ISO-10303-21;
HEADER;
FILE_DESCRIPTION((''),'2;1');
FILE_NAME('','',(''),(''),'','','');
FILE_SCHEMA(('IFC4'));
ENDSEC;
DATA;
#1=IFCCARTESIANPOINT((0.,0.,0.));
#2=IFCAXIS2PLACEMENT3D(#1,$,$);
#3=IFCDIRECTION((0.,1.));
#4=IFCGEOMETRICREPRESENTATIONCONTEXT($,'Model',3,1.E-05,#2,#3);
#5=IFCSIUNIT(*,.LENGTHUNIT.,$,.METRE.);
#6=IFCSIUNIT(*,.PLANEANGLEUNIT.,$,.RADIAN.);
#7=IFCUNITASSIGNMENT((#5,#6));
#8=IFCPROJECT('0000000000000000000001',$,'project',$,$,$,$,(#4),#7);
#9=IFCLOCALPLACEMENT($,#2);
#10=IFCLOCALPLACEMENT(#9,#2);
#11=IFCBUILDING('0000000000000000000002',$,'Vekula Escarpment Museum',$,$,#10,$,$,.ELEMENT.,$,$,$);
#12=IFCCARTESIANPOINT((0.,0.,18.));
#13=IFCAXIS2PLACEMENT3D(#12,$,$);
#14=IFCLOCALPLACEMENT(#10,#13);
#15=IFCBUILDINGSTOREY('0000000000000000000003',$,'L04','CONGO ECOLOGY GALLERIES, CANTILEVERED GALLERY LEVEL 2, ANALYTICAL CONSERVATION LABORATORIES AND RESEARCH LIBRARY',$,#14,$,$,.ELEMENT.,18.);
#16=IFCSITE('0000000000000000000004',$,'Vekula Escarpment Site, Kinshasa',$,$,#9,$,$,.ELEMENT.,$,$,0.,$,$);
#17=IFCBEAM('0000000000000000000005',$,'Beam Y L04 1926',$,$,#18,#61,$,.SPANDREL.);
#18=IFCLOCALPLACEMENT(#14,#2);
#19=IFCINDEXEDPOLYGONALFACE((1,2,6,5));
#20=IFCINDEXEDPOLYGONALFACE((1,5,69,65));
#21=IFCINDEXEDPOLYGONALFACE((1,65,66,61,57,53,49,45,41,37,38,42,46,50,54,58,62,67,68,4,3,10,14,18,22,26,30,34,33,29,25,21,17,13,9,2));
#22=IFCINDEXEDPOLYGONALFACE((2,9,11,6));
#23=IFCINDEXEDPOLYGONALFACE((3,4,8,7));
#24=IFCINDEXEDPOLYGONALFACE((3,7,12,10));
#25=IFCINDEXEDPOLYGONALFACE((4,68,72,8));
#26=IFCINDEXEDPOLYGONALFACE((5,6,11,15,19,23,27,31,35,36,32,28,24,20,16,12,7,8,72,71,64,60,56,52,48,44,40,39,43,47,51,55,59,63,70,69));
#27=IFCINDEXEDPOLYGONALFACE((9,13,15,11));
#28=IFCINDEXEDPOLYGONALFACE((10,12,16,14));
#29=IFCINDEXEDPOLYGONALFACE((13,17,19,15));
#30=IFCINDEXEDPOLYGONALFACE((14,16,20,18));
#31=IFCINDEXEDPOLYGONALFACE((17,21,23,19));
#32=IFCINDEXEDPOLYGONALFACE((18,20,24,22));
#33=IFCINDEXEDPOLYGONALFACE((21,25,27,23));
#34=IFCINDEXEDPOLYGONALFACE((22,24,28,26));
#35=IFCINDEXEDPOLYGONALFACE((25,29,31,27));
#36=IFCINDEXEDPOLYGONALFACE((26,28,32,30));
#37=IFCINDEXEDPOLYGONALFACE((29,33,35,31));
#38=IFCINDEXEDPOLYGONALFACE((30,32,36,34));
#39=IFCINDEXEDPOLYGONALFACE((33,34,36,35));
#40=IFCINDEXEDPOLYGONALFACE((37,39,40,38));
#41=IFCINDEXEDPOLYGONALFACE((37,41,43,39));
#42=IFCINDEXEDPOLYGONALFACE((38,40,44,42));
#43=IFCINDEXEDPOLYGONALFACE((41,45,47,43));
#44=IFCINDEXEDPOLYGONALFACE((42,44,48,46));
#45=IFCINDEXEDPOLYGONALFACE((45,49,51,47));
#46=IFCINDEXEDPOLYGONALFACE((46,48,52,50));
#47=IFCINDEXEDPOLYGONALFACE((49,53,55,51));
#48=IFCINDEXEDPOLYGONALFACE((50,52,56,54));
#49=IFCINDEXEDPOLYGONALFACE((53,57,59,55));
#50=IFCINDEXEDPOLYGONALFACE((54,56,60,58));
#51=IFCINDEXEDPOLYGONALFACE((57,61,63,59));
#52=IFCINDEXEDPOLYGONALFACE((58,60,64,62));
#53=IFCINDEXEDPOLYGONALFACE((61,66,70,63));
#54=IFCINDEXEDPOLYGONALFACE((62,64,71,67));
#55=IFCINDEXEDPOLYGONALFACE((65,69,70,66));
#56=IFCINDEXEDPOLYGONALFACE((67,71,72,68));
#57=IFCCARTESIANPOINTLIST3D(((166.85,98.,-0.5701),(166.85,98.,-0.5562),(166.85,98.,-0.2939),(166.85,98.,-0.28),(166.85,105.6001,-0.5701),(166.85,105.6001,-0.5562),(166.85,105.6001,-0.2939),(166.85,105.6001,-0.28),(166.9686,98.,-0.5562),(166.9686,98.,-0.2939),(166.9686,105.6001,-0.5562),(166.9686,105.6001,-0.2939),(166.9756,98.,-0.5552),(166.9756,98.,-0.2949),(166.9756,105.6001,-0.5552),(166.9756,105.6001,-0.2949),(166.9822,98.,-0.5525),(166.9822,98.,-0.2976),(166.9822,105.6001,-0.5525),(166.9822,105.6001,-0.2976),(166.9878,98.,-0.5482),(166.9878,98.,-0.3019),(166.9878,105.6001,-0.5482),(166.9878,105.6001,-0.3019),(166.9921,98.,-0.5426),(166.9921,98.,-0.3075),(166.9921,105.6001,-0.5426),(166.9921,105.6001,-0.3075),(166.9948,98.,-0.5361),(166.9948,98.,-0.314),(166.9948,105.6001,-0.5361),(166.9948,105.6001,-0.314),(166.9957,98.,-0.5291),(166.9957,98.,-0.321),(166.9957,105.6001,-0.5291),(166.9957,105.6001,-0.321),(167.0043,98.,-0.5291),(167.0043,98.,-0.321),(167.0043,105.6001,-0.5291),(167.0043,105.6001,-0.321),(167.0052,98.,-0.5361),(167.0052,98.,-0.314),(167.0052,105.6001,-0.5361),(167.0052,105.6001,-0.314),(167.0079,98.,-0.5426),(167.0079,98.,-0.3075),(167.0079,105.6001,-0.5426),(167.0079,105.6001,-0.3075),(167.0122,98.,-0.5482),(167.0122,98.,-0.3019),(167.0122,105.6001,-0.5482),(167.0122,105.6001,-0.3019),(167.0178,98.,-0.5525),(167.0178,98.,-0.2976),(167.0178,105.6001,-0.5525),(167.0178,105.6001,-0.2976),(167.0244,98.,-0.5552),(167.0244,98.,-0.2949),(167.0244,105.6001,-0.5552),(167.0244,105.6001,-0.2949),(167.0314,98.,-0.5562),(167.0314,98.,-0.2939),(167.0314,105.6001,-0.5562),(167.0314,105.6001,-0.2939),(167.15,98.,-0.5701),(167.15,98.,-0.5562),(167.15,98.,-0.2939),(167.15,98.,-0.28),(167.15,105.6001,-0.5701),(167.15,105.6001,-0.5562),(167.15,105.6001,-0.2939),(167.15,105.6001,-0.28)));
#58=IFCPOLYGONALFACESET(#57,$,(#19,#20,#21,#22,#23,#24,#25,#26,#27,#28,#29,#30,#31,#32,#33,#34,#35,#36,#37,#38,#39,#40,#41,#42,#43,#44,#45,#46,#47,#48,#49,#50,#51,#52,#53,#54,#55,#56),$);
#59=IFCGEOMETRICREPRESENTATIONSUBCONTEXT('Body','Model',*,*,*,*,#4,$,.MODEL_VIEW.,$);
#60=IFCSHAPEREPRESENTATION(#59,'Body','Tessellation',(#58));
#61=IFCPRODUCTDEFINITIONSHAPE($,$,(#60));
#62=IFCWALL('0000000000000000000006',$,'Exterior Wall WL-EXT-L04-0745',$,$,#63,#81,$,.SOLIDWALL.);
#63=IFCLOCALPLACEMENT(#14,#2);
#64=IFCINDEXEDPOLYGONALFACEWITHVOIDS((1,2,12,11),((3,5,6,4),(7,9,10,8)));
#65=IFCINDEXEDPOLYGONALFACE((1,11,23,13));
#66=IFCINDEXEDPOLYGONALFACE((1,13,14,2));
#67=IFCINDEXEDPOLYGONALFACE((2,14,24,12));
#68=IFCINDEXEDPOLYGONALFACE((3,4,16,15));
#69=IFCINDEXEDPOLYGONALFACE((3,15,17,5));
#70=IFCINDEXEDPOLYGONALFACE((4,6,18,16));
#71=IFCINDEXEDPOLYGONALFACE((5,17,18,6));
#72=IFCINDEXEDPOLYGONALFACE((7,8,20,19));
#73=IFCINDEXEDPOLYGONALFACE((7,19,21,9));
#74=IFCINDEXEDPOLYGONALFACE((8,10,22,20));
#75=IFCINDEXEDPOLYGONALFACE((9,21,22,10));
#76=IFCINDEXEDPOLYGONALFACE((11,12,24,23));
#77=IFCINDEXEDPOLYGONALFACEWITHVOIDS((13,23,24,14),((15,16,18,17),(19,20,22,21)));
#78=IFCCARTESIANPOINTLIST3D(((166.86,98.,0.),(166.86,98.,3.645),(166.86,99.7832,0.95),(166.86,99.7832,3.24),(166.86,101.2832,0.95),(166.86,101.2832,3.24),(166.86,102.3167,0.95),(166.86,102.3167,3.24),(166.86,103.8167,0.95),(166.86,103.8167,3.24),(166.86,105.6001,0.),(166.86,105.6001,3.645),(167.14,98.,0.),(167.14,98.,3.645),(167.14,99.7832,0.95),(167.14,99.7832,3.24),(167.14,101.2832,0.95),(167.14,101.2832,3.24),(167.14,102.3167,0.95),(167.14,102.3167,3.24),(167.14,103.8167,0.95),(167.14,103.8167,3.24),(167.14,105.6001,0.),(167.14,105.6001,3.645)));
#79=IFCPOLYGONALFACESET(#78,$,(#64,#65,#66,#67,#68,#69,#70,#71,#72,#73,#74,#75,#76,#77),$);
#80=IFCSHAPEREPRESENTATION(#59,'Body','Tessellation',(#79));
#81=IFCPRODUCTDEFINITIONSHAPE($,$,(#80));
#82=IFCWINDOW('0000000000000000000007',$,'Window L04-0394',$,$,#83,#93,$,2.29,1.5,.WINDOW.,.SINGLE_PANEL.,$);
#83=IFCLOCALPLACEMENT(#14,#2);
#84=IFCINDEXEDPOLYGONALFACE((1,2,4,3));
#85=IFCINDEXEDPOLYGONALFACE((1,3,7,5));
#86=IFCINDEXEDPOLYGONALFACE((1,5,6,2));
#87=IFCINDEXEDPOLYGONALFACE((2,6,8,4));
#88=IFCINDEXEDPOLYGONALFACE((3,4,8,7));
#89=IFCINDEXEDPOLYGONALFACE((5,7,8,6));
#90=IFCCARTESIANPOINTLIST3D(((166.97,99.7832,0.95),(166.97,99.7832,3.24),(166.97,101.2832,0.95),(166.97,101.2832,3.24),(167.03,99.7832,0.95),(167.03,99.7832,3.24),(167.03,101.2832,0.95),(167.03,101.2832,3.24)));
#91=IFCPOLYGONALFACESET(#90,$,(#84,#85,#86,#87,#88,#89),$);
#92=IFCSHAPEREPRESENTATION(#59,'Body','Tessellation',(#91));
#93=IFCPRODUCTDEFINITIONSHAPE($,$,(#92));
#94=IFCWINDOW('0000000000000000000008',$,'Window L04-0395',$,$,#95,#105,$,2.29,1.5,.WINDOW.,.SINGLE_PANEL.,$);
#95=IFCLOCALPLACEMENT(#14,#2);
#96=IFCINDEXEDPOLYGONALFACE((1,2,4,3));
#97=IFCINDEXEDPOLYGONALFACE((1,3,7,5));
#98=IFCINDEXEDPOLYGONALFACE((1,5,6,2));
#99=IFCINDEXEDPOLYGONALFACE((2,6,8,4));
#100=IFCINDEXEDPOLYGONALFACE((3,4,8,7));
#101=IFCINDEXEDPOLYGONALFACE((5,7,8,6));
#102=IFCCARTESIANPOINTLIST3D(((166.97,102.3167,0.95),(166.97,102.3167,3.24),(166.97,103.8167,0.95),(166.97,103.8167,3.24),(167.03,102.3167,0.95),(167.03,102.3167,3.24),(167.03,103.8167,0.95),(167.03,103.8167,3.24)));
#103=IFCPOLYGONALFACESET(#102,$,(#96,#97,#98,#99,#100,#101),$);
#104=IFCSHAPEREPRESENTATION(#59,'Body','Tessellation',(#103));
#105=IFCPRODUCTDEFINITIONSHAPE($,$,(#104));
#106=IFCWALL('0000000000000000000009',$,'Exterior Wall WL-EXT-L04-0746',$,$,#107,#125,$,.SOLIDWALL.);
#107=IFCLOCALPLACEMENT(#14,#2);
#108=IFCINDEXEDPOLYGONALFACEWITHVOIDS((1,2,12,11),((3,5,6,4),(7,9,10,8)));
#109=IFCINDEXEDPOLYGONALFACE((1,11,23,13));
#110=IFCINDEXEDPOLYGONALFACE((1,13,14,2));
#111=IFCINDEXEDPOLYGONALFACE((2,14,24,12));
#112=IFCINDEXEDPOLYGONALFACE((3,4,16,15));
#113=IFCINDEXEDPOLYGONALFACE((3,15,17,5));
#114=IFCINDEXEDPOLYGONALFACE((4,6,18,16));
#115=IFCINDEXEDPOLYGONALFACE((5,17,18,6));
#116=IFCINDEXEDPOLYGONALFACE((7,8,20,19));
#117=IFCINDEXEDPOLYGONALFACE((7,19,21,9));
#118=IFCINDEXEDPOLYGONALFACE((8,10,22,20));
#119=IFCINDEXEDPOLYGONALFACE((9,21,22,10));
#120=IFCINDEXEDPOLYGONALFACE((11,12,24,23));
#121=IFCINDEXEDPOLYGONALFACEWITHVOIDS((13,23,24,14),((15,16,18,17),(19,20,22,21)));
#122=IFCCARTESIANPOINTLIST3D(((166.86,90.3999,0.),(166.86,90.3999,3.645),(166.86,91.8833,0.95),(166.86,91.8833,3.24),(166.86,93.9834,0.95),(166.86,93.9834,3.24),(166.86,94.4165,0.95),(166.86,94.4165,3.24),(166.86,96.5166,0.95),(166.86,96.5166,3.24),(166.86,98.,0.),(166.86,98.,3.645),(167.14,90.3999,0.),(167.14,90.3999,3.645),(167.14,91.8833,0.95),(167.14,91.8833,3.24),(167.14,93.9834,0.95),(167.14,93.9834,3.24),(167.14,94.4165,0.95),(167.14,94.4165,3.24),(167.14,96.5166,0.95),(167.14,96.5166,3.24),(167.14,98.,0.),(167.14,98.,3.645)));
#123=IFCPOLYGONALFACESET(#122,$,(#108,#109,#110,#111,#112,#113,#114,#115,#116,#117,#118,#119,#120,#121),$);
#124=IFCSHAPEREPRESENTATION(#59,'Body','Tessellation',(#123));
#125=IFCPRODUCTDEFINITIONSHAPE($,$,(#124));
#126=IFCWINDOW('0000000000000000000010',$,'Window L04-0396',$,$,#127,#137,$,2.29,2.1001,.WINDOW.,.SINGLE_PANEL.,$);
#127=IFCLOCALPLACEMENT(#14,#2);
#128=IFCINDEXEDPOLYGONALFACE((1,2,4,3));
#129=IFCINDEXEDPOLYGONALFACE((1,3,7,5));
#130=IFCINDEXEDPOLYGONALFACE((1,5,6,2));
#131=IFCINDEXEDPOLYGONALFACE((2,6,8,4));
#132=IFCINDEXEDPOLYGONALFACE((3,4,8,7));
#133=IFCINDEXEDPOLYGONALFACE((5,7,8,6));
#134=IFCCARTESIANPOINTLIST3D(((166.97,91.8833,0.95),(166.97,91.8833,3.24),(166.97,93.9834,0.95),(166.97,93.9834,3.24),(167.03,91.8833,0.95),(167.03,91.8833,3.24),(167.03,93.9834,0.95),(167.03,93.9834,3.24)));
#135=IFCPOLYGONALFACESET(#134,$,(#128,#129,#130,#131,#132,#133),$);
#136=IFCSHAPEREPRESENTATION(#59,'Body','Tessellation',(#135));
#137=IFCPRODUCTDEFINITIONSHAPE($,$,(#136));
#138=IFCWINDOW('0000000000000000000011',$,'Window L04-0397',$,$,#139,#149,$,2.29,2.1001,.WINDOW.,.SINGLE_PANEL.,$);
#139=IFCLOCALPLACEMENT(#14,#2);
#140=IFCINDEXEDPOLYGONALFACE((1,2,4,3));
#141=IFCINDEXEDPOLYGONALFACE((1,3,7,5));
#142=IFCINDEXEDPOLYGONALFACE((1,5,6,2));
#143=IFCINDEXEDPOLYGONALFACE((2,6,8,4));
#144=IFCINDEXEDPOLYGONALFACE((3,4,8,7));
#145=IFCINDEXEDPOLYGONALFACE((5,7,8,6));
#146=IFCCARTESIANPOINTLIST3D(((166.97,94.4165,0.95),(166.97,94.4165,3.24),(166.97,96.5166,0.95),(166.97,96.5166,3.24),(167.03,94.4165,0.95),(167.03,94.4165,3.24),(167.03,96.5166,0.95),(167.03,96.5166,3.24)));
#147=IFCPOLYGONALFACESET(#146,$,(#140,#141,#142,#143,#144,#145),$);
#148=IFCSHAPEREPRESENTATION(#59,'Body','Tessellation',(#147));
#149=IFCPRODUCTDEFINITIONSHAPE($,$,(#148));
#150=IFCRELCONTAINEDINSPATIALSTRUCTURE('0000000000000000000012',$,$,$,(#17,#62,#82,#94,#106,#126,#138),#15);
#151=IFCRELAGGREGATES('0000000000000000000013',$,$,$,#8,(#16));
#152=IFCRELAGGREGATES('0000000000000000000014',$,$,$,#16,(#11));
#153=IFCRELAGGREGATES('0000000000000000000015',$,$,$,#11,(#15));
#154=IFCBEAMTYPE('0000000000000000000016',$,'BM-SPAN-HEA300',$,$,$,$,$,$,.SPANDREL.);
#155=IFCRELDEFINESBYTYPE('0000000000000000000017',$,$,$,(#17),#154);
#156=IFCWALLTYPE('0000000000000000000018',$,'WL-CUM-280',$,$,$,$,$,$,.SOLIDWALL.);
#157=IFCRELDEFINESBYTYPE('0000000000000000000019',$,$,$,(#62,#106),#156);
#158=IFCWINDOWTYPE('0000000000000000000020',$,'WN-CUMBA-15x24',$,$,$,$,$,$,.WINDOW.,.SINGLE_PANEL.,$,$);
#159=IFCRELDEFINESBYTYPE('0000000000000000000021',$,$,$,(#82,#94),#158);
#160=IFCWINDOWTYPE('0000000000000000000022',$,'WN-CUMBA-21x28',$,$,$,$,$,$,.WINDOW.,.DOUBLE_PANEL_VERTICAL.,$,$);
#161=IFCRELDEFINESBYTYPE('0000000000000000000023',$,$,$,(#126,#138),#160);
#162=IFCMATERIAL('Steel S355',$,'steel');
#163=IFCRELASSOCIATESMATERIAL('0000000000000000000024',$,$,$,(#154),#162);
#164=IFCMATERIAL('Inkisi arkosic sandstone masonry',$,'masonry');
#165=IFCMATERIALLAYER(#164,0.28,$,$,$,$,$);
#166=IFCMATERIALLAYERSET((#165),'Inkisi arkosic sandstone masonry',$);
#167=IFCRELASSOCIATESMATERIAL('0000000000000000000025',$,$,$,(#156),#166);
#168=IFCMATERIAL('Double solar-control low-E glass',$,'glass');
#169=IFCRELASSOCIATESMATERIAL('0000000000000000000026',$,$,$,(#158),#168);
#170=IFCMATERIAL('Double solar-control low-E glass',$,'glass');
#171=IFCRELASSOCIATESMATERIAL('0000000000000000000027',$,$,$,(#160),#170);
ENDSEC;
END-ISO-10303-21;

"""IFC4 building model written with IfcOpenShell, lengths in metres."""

from ifc_helpers import new_model, si_unit, direction, frame, frame_2d, origin, origin_2d, place, context, subcontext, project, spatial, rectangle, i_section, extrude, material, layer, layer_set, material_profile, profile_set, type_object, element, fill, save


model = new_model("IFC4")

# Units and contexts
model_context = context("Model", 3, precision=1e-05, world=origin(), true_north=direction((0.0, 1.0)))
body_context = subcontext(model_context, "Body", "Model", "MODEL_VIEW")
ifc_project = project(units=[si_unit("LENGTHUNIT", "METRE"), si_unit("PLANEANGLEUNIT", "RADIAN")], contexts=[model_context])

# Site, building, storey
site_placement = place(None, origin())
site = spatial("IfcSite", under=ifc_project, at=site_placement, Name="Vekula Escarpment Site, Kinshasa", CompositionType="ELEMENT", RefElevation=0.0)
building_placement = place(site_placement, origin())
building = spatial("IfcBuilding", under=site, at=building_placement, Name="Vekula Escarpment Museum", CompositionType="ELEMENT")
storey_placement = place(building_placement, frame((0.0, 0.0, 18.0)))
storey = spatial("IfcBuildingStorey", under=building, at=storey_placement, Name="L04", Description="CONGO ECOLOGY GALLERIES, CANTILEVERED GALLERY LEVEL 2, ANALYTICAL CONSERVATION LABORATORIES AND RESEARCH LIBRARY", CompositionType="ELEMENT", Elevation=18.0)

# Beam
ifc_material_1 = material(Name="Steel S355", Category="steel")
ifc_material_profile_1 = material_profile(ifc_material_1, i_section(OverallWidth=0.3, OverallDepth=0.29, WebThickness=0.0085, FlangeThickness=0.0139, FilletRadius=0.0271, at=origin_2d()), Name="HEA 300")
ifc_profile_set_1 = profile_set([ifc_material_profile_1], Name="Steel S355")
beam_type_1 = type_object("IfcBeamType", Name="BM-SPAN-HEA300", PredefinedType="SPANDREL", material=ifc_profile_set_1)
beam_1_placement = place(storey_placement, frame((167.0, 98.0, -0.425), z_axis=(0.0, 1.0, 0.0), x_axis=(-1.0, 0.0, 0.0)))
element("IfcBeam", 1, at=beam_1_placement, inside=storey, type_object=beam_type_1, Name="Beam Y L04 1926", PredefinedType="SPANDREL", context=body_context, shape_type="SweptSolid", body=[
    extrude(i_section(OverallWidth=0.3, OverallDepth=0.29, WebThickness=0.0085, FlangeThickness=0.0139, FilletRadius=0.0271, at=origin_2d()), origin(), (0.0, 0.0, 1.0), 7.6001),
])

# Walls, openings, windows
ifc_material_2 = material(Name="Inkisi arkosic sandstone masonry", Category="masonry")
ifc_layer_1 = layer(ifc_material_2, 0.28)
ifc_layer_set_1 = layer_set([ifc_layer_1], Name="Inkisi arkosic sandstone masonry")
wall_type_1 = type_object("IfcWallType", Name="WL-CUM-280", PredefinedType="SOLIDWALL", material=ifc_layer_set_1)
wall_1_placement = place(storey_placement, frame((167.0, 98.0, 0.0), z_axis=(0.0, 0.0, 1.0), x_axis=(0.0, 1.0, 0.0)))
wall_1 = element("IfcWall", 2, at=wall_1_placement, inside=storey, type_object=wall_type_1, Name="Exterior Wall WL-EXT-L04-0745", PredefinedType="SOLIDWALL", context=body_context, shape_type="SweptSolid", body=[
    extrude(rectangle(XDim=7.6001, YDim=0.28, at=frame_2d((3.8, 0.0))), origin(), (0.0, 0.0, 1.0), 3.645),
])
opening_1_placement = place(wall_1_placement, frame((1.7832, 0.0, 0.95)))
opening_1 = element("IfcOpeningElement", 3, at=opening_1_placement, cuts=wall_1, PredefinedType="OPENING", context=body_context, shape_type="SweptSolid", body=[
    extrude(rectangle(XDim=1.5, YDim=2.29, at=frame_2d((0.75, 1.145))), frame((0.0, 0.1499, 0.0), z_axis=(0.0, -1.0, 0.0), x_axis=(1.0, 0.0, 0.0)), (0.0, 0.0, 1.0), 0.3),
])
opening_2_placement = place(wall_1_placement, frame((4.3167, 0.0, 0.95)))
opening_2 = element("IfcOpeningElement", 4, at=opening_2_placement, cuts=wall_1, PredefinedType="OPENING", context=body_context, shape_type="SweptSolid", body=[
    extrude(rectangle(XDim=1.5, YDim=2.29, at=frame_2d((0.75, 1.145))), frame((0.0, 0.1499, 0.0), z_axis=(0.0, -1.0, 0.0), x_axis=(1.0, 0.0, 0.0)), (0.0, 0.0, 1.0), 0.3),
])
ifc_material_3 = material(Name="Double solar-control low-E glass", Category="glass")
window_type_1 = type_object("IfcWindowType", Name="WN-CUMBA-15x24", PartitioningType="SINGLE_PANEL", PredefinedType="WINDOW", material=ifc_material_3)
window_1_placement = place(opening_1_placement, origin())
window_1 = element("IfcWindow", 5, at=window_1_placement, inside=storey, type_object=window_type_1, Name="Window L04-0394", OverallHeight=2.29, OverallWidth=1.5, PartitioningType="SINGLE_PANEL", PredefinedType="WINDOW", context=body_context, shape_type="SweptSolid", body=[
    extrude(rectangle(XDim=1.5, YDim=2.29, at=frame_2d((0.75, 1.145))), frame((0.0, 0.03, 0.0), z_axis=(0.0, -1.0, 0.0), x_axis=(1.0, 0.0, 0.0)), (0.0, 0.0, 1.0), 0.0601),
])
fill(opening_1, window_1)
window_2_placement = place(opening_2_placement, origin())
window_2 = element("IfcWindow", 6, at=window_2_placement, inside=storey, type_object=window_type_1, Name="Window L04-0395", OverallHeight=2.29, OverallWidth=1.5, PartitioningType="SINGLE_PANEL", PredefinedType="WINDOW", context=body_context, shape_type="SweptSolid", body=[
    extrude(rectangle(XDim=1.5, YDim=2.29, at=frame_2d((0.75, 1.145))), frame((0.0, 0.03, 0.0), z_axis=(0.0, -1.0, 0.0), x_axis=(1.0, 0.0, 0.0)), (0.0, 0.0, 1.0), 0.0601),
])
fill(opening_2, window_2)
wall_2_placement = place(storey_placement, frame((167.0, 90.3999, 0.0), z_axis=(0.0, 0.0, 1.0), x_axis=(0.0, 1.0, 0.0)))
wall_2 = element("IfcWall", 7, at=wall_2_placement, inside=storey, type_object=wall_type_1, Name="Exterior Wall WL-EXT-L04-0746", PredefinedType="SOLIDWALL", context=body_context, shape_type="SweptSolid", body=[
    extrude(rectangle(XDim=7.6001, YDim=0.28, at=frame_2d((3.8, 0.0))), origin(), (0.0, 0.0, 1.0), 3.645),
])
opening_3_placement = place(wall_2_placement, frame((1.4834, 0.0, 0.95)))
opening_3 = element("IfcOpeningElement", 8, at=opening_3_placement, cuts=wall_2, PredefinedType="OPENING", context=body_context, shape_type="SweptSolid", body=[
    extrude(rectangle(XDim=2.1001, YDim=2.29, at=frame_2d((1.05, 1.145))), frame((0.0, 0.1499, 0.0), z_axis=(0.0, -1.0, 0.0), x_axis=(1.0, 0.0, 0.0)), (0.0, 0.0, 1.0), 0.3),
])
opening_4_placement = place(wall_2_placement, frame((4.0166, 0.0, 0.95)))
opening_4 = element("IfcOpeningElement", 9, at=opening_4_placement, cuts=wall_2, PredefinedType="OPENING", context=body_context, shape_type="SweptSolid", body=[
    extrude(rectangle(XDim=2.1001, YDim=2.29, at=frame_2d((1.05, 1.145))), frame((0.0, 0.1499, 0.0), z_axis=(0.0, -1.0, 0.0), x_axis=(1.0, 0.0, 0.0)), (0.0, 0.0, 1.0), 0.3),
])
ifc_material_4 = material(Name="Double solar-control low-E glass", Category="glass")
window_type_2 = type_object("IfcWindowType", Name="WN-CUMBA-21x28", PartitioningType="DOUBLE_PANEL_VERTICAL", PredefinedType="WINDOW", material=ifc_material_4)
window_3_placement = place(opening_3_placement, origin())
window_3 = element("IfcWindow", 10, at=window_3_placement, inside=storey, type_object=window_type_2, Name="Window L04-0396", OverallHeight=2.29, OverallWidth=2.1001, PartitioningType="SINGLE_PANEL", PredefinedType="WINDOW", context=body_context, shape_type="SweptSolid", body=[
    extrude(rectangle(XDim=2.1001, YDim=2.29, at=frame_2d((1.05, 1.145))), frame((0.0, 0.03, 0.0), z_axis=(0.0, -1.0, 0.0), x_axis=(1.0, 0.0, 0.0)), (0.0, 0.0, 1.0), 0.0601),
])
fill(opening_3, window_3)
window_4_placement = place(opening_4_placement, origin())
window_4 = element("IfcWindow", 11, at=window_4_placement, inside=storey, type_object=window_type_2, Name="Window L04-0397", OverallHeight=2.29, OverallWidth=2.1001, PartitioningType="SINGLE_PANEL", PredefinedType="WINDOW", context=body_context, shape_type="SweptSolid", body=[
    extrude(rectangle(XDim=2.1001, YDim=2.29, at=frame_2d((1.05, 1.145))), frame((0.0, 0.03, 0.0), z_axis=(0.0, -1.0, 0.0), x_axis=(1.0, 0.0, 0.0)), (0.0, 0.0, 1.0), 0.0601),
])
fill(opening_4, window_4)

save(model, "model.ifc")
